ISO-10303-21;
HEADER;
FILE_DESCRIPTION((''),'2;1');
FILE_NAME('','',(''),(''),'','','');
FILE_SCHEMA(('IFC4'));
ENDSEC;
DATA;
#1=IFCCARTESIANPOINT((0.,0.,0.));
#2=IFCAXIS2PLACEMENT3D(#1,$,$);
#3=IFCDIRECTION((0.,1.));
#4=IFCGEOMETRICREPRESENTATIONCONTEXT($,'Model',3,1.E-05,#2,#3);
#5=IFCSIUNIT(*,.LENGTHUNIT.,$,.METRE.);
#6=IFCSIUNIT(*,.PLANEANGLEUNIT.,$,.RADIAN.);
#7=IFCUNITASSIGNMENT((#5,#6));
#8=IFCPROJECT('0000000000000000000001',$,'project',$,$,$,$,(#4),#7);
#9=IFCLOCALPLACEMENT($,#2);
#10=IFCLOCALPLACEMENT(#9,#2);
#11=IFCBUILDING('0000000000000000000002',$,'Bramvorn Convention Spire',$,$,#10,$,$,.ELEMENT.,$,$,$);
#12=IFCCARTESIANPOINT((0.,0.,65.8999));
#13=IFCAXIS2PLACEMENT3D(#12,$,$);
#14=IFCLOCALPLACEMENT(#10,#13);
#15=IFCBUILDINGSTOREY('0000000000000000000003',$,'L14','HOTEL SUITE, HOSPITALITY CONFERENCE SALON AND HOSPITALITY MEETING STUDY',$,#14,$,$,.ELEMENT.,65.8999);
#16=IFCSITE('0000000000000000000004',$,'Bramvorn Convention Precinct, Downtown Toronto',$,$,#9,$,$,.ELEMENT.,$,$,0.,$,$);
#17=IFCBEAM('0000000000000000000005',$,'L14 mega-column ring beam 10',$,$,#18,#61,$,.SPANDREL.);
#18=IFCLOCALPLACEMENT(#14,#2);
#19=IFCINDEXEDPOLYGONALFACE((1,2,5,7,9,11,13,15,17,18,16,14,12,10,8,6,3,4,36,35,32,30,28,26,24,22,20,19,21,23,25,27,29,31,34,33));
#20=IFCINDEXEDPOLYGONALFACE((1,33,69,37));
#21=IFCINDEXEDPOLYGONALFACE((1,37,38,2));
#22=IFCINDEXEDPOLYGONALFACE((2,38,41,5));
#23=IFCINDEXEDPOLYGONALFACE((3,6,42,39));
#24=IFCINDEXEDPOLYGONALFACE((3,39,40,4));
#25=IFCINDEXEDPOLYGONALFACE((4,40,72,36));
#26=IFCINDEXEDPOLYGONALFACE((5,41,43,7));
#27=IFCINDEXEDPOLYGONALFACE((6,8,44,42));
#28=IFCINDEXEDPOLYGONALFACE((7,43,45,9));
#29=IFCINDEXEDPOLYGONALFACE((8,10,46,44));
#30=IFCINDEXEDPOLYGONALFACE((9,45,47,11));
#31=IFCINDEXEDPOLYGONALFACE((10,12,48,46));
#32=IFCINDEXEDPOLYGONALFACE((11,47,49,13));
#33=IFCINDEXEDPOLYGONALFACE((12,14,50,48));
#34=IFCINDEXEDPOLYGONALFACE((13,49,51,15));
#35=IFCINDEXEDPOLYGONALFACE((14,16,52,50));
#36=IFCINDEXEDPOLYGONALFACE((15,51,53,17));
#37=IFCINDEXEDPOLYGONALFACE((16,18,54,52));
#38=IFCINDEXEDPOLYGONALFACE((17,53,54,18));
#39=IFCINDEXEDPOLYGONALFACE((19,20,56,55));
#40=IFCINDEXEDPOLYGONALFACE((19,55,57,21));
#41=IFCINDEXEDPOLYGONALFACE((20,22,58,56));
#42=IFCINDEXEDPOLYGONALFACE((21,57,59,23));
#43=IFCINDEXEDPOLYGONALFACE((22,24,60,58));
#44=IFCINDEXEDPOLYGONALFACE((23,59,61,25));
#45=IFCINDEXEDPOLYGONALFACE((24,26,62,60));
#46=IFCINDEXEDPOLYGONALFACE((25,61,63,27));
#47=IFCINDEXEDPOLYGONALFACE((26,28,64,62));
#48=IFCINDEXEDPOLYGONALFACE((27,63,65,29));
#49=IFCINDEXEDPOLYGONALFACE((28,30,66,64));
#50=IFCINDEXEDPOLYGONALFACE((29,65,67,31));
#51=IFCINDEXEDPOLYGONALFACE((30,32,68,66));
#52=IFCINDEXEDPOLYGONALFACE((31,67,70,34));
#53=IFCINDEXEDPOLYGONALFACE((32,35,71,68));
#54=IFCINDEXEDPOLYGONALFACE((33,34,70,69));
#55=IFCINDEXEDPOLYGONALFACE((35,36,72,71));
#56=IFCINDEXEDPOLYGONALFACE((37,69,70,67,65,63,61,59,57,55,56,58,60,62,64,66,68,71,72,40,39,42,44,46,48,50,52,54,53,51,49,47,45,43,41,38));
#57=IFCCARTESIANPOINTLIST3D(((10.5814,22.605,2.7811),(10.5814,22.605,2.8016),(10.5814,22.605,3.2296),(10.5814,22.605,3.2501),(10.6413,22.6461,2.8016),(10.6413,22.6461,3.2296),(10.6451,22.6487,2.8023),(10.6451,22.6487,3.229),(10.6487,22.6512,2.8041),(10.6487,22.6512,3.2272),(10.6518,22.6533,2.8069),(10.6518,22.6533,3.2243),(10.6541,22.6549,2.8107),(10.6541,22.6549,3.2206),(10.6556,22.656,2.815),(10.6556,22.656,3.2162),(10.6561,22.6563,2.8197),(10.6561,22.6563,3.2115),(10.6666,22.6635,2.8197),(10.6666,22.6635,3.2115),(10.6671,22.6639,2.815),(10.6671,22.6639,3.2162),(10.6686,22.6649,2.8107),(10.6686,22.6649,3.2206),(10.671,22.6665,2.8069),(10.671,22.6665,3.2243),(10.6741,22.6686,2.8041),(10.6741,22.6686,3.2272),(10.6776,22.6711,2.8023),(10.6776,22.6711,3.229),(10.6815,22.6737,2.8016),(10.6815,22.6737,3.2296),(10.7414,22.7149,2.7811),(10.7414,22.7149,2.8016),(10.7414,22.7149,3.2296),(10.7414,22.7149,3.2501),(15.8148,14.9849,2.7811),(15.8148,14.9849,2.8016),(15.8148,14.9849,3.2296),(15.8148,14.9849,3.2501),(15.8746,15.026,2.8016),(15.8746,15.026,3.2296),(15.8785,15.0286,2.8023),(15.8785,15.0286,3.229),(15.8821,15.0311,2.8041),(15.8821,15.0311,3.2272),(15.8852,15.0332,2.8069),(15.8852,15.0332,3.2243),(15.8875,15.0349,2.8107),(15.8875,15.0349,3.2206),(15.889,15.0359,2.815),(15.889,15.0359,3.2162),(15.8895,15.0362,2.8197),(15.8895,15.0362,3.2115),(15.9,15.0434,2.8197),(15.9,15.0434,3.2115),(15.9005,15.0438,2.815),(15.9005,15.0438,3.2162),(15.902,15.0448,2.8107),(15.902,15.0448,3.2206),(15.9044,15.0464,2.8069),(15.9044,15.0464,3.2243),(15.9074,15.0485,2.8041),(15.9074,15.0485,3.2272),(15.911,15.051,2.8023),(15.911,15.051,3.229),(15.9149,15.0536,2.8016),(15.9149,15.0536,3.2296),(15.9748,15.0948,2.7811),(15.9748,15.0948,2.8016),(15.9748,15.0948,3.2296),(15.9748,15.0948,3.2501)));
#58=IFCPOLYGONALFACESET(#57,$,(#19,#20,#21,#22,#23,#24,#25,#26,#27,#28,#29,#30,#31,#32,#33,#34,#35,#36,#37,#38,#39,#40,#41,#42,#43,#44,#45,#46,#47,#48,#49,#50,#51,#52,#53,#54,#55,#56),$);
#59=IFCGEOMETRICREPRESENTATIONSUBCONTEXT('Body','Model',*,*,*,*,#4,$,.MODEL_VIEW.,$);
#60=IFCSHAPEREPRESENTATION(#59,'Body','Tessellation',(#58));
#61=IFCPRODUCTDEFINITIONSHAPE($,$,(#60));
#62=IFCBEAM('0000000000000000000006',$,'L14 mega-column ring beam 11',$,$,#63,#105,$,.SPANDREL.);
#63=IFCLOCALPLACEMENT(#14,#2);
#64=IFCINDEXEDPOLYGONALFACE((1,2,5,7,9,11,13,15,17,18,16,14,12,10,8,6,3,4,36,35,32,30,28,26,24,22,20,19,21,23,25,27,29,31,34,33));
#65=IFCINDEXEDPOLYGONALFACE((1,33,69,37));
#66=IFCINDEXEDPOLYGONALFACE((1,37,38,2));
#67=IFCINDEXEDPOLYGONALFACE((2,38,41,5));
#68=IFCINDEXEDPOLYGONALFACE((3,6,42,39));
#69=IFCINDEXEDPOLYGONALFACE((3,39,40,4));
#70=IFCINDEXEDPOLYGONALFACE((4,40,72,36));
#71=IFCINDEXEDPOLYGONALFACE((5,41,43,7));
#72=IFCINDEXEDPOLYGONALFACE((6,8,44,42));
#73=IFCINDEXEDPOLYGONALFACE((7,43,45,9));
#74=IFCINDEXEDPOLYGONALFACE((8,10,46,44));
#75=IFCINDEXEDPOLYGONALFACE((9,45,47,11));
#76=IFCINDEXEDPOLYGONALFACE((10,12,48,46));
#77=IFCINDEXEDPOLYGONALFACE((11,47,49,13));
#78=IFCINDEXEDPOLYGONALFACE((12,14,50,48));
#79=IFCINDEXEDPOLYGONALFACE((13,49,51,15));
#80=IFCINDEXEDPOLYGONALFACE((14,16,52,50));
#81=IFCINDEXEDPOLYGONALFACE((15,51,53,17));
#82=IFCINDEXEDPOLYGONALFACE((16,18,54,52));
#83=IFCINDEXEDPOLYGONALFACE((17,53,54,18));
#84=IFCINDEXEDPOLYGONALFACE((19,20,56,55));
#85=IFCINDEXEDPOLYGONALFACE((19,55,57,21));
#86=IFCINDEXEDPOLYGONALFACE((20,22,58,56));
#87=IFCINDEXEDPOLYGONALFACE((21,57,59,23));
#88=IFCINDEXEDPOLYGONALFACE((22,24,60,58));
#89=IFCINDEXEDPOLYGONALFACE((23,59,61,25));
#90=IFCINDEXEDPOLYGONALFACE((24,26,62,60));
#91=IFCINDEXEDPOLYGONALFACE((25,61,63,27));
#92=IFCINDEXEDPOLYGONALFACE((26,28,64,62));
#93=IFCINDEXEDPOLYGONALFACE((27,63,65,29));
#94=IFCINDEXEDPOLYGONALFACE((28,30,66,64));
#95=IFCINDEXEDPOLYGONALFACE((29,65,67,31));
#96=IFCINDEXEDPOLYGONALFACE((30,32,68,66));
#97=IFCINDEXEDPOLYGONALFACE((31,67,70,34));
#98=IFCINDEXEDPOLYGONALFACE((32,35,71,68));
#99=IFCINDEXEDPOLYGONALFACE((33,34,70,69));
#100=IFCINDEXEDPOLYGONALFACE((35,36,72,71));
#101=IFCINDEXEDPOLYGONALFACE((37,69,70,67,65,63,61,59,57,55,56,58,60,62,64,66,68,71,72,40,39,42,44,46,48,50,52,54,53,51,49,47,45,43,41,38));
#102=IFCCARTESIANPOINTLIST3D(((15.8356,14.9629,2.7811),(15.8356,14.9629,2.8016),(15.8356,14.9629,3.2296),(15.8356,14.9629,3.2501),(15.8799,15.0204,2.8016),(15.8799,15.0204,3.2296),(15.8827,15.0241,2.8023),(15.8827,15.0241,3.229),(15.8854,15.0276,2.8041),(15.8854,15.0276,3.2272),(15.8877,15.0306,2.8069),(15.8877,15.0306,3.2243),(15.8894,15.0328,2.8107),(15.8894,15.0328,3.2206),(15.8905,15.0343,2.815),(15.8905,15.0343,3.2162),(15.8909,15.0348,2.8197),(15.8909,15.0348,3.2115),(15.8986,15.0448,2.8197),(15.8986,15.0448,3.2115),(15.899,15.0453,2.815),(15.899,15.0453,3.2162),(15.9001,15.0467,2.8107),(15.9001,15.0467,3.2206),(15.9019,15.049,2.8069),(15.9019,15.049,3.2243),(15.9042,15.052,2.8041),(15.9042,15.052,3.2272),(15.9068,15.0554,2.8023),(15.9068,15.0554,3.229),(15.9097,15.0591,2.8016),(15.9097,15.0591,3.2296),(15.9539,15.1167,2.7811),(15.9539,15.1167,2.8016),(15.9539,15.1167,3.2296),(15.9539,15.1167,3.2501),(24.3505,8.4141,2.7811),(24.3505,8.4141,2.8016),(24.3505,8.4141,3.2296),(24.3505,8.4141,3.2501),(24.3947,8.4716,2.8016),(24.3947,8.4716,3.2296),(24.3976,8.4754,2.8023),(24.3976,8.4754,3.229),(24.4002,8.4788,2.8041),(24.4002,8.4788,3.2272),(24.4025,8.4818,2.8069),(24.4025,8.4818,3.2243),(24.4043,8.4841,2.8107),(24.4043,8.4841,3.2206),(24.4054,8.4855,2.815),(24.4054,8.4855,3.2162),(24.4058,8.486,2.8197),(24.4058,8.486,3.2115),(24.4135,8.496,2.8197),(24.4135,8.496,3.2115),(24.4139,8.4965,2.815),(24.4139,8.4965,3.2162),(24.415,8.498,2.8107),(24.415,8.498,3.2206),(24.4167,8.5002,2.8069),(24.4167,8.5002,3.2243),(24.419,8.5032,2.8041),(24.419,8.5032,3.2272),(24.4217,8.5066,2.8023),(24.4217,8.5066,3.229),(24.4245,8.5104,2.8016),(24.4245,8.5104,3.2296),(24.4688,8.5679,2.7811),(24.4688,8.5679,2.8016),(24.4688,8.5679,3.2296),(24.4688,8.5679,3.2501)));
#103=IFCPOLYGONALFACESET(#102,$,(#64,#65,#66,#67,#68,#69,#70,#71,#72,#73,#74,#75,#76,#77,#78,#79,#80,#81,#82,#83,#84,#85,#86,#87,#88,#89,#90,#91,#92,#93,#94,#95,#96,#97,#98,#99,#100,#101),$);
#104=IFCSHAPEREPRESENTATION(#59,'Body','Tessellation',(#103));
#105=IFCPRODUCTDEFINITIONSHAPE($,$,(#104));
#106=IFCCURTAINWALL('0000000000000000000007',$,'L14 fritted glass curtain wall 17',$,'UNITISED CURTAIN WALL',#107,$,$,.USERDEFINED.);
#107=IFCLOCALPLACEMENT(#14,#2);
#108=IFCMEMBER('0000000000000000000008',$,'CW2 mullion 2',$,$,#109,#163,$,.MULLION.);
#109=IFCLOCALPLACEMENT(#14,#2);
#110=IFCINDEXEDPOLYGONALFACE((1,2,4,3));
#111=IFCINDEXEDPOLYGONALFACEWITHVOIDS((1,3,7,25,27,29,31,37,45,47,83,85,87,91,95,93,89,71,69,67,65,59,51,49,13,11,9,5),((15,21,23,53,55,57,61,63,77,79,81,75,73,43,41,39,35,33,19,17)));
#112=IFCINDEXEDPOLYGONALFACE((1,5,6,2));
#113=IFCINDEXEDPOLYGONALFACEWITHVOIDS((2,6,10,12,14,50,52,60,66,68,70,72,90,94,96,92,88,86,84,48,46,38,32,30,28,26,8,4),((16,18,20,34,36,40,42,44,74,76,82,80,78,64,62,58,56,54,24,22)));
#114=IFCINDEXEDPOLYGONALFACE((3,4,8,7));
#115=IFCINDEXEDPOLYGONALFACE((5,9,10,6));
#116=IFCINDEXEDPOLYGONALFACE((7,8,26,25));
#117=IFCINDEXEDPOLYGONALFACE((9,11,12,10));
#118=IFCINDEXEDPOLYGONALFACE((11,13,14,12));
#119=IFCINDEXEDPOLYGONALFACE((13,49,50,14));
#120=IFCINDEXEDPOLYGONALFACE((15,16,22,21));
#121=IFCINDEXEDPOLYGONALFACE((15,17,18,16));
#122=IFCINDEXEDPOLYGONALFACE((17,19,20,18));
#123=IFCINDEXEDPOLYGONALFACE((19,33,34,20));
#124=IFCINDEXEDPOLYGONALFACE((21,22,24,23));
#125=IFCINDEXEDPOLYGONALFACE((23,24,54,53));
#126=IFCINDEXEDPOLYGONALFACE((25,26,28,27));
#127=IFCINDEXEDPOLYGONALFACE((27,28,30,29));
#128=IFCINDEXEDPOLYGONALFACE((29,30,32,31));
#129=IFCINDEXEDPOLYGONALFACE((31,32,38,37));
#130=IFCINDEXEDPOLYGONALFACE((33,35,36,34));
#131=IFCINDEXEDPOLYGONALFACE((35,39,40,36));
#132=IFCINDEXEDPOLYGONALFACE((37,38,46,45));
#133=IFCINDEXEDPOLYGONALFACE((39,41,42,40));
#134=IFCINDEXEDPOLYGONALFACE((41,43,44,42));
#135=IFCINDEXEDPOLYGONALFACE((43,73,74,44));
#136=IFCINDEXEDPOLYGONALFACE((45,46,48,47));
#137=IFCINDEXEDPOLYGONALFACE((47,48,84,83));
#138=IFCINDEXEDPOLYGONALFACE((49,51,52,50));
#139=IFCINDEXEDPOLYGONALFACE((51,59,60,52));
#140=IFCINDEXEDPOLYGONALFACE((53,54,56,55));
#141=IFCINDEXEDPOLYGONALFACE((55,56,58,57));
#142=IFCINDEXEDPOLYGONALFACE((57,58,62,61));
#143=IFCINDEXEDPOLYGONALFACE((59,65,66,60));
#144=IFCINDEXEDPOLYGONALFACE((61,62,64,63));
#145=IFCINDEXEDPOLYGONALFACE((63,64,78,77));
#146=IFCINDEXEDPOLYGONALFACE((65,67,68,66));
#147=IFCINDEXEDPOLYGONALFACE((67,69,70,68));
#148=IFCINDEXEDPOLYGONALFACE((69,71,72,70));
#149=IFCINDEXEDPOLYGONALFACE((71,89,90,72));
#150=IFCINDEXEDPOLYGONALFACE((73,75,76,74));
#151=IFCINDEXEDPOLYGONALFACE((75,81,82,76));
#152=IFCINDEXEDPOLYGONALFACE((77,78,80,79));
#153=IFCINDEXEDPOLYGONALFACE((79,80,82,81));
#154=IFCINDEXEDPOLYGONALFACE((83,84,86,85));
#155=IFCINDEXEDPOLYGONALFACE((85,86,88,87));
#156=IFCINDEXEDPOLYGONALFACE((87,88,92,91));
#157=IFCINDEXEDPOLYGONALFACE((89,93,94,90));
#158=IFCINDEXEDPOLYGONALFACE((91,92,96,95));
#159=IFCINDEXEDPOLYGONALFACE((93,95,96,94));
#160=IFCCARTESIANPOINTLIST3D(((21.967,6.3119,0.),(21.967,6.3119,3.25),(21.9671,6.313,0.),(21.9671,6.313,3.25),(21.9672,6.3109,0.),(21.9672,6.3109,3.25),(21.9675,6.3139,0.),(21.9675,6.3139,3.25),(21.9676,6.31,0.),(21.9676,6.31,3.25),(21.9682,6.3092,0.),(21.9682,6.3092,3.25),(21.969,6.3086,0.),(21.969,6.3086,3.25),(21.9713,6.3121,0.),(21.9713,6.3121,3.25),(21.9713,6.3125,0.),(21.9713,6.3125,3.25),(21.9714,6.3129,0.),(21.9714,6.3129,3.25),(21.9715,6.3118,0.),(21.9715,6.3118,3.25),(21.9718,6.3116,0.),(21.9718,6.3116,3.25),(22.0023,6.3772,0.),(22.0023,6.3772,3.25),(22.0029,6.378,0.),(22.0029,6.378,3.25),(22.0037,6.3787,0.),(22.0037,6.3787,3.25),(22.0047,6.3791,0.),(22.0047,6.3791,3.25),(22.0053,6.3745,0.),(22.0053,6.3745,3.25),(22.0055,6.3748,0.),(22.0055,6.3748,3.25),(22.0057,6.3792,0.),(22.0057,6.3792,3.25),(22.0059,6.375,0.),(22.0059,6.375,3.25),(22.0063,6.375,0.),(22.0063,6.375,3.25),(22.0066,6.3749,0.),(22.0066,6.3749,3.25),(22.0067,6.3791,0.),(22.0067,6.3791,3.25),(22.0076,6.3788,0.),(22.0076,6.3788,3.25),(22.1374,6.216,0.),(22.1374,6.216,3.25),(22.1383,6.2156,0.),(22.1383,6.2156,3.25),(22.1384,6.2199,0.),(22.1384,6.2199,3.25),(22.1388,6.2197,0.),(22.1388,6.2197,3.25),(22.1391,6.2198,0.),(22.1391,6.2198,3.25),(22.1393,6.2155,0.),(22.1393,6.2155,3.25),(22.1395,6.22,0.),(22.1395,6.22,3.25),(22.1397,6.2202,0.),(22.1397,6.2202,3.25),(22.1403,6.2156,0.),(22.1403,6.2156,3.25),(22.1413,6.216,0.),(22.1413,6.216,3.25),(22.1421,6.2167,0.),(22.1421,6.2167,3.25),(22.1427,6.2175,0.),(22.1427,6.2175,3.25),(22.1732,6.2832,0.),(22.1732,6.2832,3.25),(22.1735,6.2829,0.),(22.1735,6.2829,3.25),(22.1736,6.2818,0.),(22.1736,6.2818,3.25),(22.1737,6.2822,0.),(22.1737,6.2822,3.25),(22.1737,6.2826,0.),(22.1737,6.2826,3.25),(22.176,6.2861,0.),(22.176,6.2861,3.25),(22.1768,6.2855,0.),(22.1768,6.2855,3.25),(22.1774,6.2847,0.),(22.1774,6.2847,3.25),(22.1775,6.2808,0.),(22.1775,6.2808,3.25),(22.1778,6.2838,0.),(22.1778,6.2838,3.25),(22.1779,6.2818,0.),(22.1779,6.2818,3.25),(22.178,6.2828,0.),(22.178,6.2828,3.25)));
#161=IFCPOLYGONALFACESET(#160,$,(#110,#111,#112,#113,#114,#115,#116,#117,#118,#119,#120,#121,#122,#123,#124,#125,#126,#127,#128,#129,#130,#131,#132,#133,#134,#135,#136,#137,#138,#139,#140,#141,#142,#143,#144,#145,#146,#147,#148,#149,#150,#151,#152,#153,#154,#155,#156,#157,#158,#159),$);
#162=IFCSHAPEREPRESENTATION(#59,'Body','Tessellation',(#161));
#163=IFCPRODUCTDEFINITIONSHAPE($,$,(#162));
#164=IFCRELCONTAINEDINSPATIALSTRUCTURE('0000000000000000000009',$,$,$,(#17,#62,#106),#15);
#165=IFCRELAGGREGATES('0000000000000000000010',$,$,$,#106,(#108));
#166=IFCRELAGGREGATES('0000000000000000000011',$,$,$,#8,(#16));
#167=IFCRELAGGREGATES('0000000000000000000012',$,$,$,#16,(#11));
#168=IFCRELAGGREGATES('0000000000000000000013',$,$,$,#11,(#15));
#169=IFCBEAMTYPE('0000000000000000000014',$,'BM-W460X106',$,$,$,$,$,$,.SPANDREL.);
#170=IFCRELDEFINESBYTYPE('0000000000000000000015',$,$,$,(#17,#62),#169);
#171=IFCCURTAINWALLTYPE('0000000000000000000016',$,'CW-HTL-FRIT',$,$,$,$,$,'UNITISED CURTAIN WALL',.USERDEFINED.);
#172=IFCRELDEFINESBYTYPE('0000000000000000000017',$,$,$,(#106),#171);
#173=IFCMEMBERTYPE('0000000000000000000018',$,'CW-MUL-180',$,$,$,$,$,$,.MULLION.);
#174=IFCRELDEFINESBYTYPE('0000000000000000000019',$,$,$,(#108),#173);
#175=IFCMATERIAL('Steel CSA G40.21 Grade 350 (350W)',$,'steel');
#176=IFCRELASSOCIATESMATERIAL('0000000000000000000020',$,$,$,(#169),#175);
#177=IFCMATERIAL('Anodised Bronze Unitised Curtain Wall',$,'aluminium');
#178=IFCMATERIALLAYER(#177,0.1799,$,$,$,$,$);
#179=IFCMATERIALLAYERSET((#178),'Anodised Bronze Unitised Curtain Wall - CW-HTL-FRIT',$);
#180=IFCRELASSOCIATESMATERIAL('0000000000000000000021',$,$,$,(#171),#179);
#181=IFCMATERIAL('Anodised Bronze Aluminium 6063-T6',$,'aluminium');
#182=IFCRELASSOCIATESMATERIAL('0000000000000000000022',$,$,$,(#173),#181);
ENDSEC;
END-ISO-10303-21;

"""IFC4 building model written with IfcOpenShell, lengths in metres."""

from ifc_helpers import new_model, si_unit, direction, frame, origin, origin_2d, place, context, subcontext, project, spatial, hollow_rectangle, i_section, extrude, material, layer, layer_set, material_profile, profile_set, type_object, element, aggregate, save


model = new_model("IFC4")

# Units and contexts
model_context = context("Model", 3, precision=1e-05, world=origin(), true_north=direction((0.0, 1.0)))
body_context = subcontext(model_context, "Body", "Model", "MODEL_VIEW")
ifc_project = project(units=[si_unit("LENGTHUNIT", "METRE"), si_unit("PLANEANGLEUNIT", "RADIAN")], contexts=[model_context])

# Site, building, storey
site_placement = place(None, origin())
site = spatial("IfcSite", under=ifc_project, at=site_placement, Name="Bramvorn Convention Precinct, Downtown Toronto", CompositionType="ELEMENT", RefElevation=0.0)
building_placement = place(site_placement, origin())
building = spatial("IfcBuilding", under=site, at=building_placement, Name="Bramvorn Convention Spire", CompositionType="ELEMENT")
storey_placement = place(building_placement, frame((0.0, 0.0, 65.8999)))
storey = spatial("IfcBuildingStorey", under=building, at=storey_placement, Name="L14", Description="HOTEL SUITE, HOSPITALITY CONFERENCE SALON AND HOSPITALITY MEETING STUDY", CompositionType="ELEMENT", Elevation=65.8999)

# Shared definitions
ifc_material_1 = material(Name="Steel CSA G40.21 Grade 350 (350W)", Category="steel")

# Beams
ifc_material_profile_1 = material_profile(ifc_material_1, i_section(OverallWidth=0.1941, OverallDepth=0.469, WebThickness=0.0127, FlangeThickness=0.0205, FilletRadius=0.0181, at=origin_2d()))
ifc_profile_set_1 = profile_set([ifc_material_profile_1], Name="Steel CSA G40.21 Grade 350 (350W) - W460X106")
beam_type_1 = type_object("IfcBeamType", Name="BM-W460X106", PredefinedType="SPANDREL", material=ifc_profile_set_1)
beam_1_placement = place(storey_placement, frame((10.6614, 22.6599, 3.0156), z_axis=(0.56613, -0.824316, 0.0), x_axis=(0.824316, 0.56613, 0.0)))
element("IfcBeam", 1, at=beam_1_placement, inside=storey, type_object=beam_type_1, Name="L14 mega-column ring beam 10", PredefinedType="SPANDREL", context=body_context, shape_type="SweptSolid", body=[
    extrude(i_section(OverallWidth=0.1941, OverallDepth=0.469, WebThickness=0.0127, FlangeThickness=0.0205, FilletRadius=0.0181, at=origin_2d()), origin(), (0.0, 0.0, 1.0), 9.2441),
])
beam_2_placement = place(storey_placement, frame((15.8948, 15.0398, 3.0156), z_axis=(0.792673, -0.609647, 0.0), x_axis=(0.609647, 0.792673, 0.0)))
element("IfcBeam", 2, at=beam_2_placement, inside=storey, type_object=beam_type_1, Name="L14 mega-column ring beam 11", PredefinedType="SPANDREL", context=body_context, shape_type="SweptSolid", body=[
    extrude(i_section(OverallWidth=0.1941, OverallDepth=0.469, WebThickness=0.0127, FlangeThickness=0.0205, FilletRadius=0.0181, at=origin_2d()), origin(), (0.0, 0.0, 1.0), 10.7419),
])

# Curtain wall, member
ifc_material_2 = material(Name="Anodised Bronze Unitised Curtain Wall", Category="aluminium")
ifc_layer_1 = layer(ifc_material_2, 0.1799)
ifc_layer_set_1 = layer_set([ifc_layer_1], Name="Anodised Bronze Unitised Curtain Wall - CW-HTL-FRIT")
curtain_wall_type = type_object("IfcCurtainWallType", Name="CW-HTL-FRIT", ElementType="UNITISED CURTAIN WALL", PredefinedType="USERDEFINED", material=ifc_layer_set_1)
curtain_wall_placement = place(storey_placement, origin())
curtain_wall = element("IfcCurtainWall", 3, at=curtain_wall_placement, inside=storey, type_object=curtain_wall_type, Name="L14 fritted glass curtain wall 17", ObjectType="UNITISED CURTAIN WALL", PredefinedType="USERDEFINED")
ifc_material_3 = material(Name="Anodised Bronze Aluminium 6063-T6", Category="aluminium")
ifc_material_profile_2 = material_profile(ifc_material_3, hollow_rectangle(XDim=0.0801, YDim=0.2, WallThickness=0.0039, InnerFilletRadius=0.001, OuterFilletRadius=0.0039, at=origin_2d()))
ifc_profile_set_2 = profile_set([ifc_material_profile_2], Name="Anodised Bronze Aluminium 6063-T6 - CWM80X200")
member_type_1 = type_object("IfcMemberType", Name="CW-MUL-180", PredefinedType="MULLION", material=ifc_profile_set_2)
member_1_placement = place(storey_placement, frame((22.0725, 6.2974, 0.0), z_axis=(0.0, 0.0, 1.0), x_axis=(-0.482157, -0.876085, 0.0)))
member_1 = element("IfcMember", 4, at=member_1_placement, type_object=member_type_1, Name="CW2 mullion 2", PredefinedType="MULLION", context=body_context, shape_type="SweptSolid", body=[
    extrude(hollow_rectangle(XDim=0.0801, YDim=0.2, WallThickness=0.0039, InnerFilletRadius=0.001, OuterFilletRadius=0.0039, at=origin_2d()), origin(), (0.0, 0.0, 1.0), 3.25),
])

aggregate(curtain_wall, [member_1])

save(model, "model.ifc")
